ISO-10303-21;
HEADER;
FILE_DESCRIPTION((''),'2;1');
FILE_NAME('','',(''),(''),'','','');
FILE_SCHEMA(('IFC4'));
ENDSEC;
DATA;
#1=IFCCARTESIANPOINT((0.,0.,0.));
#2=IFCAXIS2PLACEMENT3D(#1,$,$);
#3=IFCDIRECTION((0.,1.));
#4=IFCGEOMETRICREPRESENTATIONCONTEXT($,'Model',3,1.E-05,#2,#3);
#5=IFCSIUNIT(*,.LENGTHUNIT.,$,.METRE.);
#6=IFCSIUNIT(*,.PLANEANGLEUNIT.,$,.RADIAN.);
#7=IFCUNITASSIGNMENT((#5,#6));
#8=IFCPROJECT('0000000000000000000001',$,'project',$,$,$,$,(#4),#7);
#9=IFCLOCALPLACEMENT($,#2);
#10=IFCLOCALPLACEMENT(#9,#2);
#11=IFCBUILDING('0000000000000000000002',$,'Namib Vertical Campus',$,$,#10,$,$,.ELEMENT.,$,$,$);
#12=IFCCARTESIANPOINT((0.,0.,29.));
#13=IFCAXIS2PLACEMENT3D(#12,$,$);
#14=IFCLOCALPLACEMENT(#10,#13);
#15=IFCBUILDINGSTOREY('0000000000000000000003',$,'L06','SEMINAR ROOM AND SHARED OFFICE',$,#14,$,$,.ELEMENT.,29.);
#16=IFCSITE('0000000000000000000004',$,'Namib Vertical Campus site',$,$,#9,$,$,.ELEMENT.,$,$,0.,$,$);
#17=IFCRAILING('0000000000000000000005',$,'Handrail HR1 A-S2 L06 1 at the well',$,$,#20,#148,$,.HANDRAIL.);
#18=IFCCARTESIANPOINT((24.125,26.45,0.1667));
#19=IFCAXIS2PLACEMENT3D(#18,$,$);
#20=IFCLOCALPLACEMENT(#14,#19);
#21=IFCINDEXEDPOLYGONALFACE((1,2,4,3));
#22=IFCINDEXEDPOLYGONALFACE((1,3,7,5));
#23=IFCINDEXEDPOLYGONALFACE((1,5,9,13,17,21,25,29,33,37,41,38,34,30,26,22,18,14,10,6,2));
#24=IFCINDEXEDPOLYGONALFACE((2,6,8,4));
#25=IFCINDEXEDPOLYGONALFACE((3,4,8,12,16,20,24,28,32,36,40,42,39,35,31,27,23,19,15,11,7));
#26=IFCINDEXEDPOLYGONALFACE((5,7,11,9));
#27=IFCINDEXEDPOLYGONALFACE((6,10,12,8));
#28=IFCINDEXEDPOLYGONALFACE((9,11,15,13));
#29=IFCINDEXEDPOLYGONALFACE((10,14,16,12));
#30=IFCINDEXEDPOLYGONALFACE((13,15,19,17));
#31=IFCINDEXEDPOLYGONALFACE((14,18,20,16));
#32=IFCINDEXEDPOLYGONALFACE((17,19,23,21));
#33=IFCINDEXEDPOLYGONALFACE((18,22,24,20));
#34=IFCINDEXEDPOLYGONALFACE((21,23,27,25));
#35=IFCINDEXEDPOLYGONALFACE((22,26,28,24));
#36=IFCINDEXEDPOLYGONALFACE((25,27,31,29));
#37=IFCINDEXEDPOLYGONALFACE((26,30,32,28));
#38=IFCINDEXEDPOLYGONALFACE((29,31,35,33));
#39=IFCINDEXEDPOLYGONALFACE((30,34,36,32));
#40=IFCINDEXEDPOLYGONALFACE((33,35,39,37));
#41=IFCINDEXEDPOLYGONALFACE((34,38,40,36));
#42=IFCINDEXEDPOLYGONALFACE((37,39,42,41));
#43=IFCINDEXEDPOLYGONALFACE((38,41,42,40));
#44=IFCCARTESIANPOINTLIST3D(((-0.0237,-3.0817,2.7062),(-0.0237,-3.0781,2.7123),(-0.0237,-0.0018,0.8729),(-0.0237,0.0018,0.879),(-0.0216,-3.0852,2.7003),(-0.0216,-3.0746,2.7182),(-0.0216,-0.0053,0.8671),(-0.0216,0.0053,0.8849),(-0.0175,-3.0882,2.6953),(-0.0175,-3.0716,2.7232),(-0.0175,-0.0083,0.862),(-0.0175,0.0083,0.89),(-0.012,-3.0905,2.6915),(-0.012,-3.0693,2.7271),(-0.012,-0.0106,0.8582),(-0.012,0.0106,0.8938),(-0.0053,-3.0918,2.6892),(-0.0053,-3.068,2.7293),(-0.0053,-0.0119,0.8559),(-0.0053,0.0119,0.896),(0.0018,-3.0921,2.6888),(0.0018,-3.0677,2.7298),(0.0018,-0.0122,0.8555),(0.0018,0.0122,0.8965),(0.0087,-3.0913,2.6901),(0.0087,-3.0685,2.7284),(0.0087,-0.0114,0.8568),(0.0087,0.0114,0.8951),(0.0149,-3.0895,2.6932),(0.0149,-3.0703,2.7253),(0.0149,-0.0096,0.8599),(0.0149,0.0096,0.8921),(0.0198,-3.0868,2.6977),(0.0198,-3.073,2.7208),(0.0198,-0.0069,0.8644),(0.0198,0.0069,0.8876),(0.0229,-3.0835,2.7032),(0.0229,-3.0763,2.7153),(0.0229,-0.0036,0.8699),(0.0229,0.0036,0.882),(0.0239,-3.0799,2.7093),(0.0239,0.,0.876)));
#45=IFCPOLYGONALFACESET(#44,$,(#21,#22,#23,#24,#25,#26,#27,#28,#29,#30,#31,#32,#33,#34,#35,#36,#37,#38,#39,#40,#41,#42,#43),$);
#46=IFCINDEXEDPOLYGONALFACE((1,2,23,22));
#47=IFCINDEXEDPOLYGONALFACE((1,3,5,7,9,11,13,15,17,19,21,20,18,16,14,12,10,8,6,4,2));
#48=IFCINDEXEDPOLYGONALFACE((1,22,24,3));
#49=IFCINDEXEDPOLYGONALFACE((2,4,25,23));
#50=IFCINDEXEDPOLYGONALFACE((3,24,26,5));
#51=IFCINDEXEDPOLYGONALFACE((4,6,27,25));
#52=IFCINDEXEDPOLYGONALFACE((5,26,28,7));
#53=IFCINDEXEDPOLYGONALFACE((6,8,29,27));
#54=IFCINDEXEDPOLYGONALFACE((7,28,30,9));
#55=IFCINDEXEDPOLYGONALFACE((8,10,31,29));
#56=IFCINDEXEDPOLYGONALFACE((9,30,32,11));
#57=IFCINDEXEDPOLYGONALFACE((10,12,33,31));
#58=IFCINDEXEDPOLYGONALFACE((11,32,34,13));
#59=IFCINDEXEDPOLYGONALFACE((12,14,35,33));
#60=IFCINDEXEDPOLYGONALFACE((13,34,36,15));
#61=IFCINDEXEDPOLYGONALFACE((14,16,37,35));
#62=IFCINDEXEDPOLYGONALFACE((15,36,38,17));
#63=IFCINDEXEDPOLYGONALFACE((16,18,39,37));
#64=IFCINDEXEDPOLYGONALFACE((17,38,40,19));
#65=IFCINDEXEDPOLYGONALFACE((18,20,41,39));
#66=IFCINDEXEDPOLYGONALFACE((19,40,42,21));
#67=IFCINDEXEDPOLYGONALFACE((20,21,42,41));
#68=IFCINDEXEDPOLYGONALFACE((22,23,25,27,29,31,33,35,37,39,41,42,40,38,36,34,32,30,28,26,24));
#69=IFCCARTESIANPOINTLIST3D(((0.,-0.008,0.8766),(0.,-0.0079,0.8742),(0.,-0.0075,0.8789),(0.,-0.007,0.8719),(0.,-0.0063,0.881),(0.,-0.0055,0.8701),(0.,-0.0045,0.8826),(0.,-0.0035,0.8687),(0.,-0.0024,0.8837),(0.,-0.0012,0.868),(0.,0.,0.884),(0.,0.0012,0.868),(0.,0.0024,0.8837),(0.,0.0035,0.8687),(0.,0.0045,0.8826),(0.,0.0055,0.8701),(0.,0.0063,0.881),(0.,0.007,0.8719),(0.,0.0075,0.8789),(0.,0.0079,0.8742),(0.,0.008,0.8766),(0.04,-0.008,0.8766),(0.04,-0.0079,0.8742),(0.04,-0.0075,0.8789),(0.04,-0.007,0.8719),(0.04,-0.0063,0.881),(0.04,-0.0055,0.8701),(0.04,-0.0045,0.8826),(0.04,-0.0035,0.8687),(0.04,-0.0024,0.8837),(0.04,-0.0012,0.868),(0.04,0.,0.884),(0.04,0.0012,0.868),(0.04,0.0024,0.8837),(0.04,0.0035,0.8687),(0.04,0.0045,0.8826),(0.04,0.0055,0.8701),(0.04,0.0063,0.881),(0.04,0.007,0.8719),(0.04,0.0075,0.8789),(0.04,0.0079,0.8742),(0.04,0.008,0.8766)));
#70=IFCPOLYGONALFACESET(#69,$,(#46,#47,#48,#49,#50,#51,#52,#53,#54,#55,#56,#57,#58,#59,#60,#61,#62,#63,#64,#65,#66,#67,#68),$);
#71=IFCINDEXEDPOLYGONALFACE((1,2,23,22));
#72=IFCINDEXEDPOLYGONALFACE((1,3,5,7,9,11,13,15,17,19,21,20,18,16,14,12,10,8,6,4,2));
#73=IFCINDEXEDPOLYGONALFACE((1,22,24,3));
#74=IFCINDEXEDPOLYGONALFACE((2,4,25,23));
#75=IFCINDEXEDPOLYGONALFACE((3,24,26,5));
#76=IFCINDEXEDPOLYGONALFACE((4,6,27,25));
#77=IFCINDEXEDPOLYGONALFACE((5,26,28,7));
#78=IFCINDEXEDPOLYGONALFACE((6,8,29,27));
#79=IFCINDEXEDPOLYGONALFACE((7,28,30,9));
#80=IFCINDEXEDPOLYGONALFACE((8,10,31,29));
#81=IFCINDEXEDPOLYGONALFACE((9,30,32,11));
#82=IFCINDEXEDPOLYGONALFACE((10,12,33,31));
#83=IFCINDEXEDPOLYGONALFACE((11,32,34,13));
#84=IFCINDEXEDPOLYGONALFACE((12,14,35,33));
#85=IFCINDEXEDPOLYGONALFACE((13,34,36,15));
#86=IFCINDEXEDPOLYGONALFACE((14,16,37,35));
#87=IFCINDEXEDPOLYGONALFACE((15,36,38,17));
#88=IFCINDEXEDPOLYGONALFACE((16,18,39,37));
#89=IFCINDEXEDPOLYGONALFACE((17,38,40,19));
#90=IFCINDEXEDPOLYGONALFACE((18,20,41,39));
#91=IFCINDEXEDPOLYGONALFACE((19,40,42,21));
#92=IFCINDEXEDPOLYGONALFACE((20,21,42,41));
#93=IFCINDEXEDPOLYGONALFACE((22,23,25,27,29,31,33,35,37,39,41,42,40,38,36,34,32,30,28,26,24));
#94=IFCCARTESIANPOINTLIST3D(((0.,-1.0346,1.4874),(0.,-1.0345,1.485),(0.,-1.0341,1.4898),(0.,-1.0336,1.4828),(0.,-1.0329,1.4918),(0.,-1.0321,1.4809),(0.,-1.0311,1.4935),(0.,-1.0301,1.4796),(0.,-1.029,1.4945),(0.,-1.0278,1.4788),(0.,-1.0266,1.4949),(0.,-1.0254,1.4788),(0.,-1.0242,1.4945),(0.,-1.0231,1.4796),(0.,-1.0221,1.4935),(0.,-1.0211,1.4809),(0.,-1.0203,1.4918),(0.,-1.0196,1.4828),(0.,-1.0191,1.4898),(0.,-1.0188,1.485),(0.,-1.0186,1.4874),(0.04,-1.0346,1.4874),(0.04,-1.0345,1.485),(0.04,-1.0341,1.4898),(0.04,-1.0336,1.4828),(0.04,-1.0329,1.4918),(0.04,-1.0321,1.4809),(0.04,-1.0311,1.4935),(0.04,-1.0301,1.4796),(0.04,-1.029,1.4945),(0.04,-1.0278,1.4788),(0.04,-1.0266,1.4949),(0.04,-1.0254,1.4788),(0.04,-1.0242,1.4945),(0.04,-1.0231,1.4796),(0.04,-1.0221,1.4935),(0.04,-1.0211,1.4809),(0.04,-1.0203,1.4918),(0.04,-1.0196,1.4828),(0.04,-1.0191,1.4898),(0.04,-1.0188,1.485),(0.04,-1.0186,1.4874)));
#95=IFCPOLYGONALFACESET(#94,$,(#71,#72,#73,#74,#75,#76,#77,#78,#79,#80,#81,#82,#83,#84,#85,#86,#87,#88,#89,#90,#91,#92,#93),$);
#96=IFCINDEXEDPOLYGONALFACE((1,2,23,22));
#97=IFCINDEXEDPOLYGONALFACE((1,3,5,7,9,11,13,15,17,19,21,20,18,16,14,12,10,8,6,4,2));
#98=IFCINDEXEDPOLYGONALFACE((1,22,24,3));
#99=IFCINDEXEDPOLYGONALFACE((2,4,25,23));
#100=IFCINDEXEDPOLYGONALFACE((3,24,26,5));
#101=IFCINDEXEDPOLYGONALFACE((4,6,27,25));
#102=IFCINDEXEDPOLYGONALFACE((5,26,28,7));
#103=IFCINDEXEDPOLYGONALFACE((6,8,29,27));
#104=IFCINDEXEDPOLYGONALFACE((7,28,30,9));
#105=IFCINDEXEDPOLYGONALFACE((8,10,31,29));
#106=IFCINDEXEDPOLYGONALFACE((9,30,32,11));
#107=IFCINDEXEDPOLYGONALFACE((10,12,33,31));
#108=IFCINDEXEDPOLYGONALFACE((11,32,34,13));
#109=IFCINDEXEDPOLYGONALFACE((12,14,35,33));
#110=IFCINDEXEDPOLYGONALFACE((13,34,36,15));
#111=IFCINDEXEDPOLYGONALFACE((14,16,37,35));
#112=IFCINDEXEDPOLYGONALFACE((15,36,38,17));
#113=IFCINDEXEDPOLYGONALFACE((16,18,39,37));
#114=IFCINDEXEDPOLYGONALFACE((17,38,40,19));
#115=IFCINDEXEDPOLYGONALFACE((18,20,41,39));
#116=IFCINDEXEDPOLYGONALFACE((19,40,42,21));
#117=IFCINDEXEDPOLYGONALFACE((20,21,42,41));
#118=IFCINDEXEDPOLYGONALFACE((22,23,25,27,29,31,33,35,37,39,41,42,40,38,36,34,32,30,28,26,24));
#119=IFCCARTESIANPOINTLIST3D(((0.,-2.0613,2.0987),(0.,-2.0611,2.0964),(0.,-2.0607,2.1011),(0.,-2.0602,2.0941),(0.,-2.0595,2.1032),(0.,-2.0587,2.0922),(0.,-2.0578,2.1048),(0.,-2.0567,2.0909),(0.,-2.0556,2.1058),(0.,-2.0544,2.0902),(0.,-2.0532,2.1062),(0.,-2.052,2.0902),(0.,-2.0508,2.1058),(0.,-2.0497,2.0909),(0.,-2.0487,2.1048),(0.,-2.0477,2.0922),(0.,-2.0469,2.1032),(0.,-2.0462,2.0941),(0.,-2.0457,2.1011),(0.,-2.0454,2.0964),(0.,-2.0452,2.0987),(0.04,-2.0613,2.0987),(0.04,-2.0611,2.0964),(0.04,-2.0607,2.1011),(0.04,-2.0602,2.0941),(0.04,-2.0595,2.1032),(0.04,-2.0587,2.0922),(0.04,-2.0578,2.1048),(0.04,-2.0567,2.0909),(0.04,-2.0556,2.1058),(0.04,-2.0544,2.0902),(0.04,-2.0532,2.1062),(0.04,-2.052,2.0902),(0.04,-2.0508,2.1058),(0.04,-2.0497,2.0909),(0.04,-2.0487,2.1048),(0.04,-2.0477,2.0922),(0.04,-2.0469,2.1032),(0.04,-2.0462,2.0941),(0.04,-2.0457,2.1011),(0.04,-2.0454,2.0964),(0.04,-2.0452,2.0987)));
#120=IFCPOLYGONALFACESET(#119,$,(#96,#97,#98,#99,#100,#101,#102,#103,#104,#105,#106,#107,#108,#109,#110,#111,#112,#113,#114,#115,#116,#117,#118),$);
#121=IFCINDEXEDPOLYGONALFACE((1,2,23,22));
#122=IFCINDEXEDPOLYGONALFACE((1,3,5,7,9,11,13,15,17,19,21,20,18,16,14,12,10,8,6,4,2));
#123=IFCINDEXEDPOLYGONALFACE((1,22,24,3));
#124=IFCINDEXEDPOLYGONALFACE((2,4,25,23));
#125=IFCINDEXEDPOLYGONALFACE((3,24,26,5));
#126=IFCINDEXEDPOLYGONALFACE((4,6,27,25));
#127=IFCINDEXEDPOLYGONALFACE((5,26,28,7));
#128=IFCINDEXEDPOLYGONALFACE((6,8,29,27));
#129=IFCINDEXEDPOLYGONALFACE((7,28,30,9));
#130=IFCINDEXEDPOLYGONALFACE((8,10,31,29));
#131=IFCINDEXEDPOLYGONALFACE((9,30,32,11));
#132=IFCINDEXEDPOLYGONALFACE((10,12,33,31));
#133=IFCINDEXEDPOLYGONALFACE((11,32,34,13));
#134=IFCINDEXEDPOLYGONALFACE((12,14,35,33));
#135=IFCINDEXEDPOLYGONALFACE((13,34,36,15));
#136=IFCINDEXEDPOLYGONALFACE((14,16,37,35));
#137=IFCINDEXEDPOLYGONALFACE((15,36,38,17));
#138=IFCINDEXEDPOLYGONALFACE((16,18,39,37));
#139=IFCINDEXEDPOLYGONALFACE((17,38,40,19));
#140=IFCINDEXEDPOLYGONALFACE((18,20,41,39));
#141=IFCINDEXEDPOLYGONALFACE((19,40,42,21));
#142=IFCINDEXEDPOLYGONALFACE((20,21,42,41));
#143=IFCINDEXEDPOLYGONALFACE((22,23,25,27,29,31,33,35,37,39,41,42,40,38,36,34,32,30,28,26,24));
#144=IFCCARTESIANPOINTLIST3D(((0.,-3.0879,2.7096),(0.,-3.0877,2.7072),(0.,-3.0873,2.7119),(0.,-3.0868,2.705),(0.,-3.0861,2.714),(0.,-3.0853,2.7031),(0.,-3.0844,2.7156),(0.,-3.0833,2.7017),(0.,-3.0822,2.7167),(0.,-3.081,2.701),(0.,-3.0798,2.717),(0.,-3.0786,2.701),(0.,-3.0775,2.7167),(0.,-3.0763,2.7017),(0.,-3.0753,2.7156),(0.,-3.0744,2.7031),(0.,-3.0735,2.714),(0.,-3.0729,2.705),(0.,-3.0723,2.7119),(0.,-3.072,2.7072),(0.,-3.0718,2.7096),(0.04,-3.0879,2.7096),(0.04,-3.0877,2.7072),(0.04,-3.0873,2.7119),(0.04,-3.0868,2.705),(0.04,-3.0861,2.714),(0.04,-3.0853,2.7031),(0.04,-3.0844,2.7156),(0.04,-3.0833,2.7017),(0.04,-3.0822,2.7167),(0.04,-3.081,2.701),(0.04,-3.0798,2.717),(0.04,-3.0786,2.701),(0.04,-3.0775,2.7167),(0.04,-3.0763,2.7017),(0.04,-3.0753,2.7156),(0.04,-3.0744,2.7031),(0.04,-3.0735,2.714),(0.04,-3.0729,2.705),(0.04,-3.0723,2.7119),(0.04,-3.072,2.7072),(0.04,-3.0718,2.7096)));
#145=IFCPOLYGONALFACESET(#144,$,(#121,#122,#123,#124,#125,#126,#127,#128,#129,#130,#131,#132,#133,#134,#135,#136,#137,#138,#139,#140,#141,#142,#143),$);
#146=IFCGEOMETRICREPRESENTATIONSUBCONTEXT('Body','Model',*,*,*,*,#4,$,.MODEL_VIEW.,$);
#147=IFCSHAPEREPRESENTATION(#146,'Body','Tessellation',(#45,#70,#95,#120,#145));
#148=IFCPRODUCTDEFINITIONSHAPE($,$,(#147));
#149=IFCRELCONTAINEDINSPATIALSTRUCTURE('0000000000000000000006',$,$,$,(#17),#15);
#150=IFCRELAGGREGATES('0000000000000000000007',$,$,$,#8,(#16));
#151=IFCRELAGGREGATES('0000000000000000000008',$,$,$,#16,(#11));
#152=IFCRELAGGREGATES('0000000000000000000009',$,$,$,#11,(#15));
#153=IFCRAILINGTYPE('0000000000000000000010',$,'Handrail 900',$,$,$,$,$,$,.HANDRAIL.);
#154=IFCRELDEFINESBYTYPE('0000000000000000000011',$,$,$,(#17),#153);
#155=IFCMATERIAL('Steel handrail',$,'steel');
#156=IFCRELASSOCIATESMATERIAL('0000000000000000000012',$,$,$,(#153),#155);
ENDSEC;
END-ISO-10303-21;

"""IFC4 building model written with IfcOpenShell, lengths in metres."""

from ifc_helpers import new_model, si_unit, direction, frame, origin, origin_2d, place, context, subcontext, project, spatial, circle, extrude, material, type_object, element, save


model = new_model("IFC4")

# Units and contexts
model_context = context("Model", 3, precision=1e-05, world=origin(), true_north=direction((0.0, 1.0)))
body_context = subcontext(model_context, "Body", "Model", "MODEL_VIEW")
ifc_project = project(units=[si_unit("LENGTHUNIT", "METRE"), si_unit("PLANEANGLEUNIT", "RADIAN")], contexts=[model_context])

# Site, building, storey
site_placement = place(None, origin())
site = spatial("IfcSite", under=ifc_project, at=site_placement, Name="Namib Vertical Campus site", CompositionType="ELEMENT", RefElevation=0.0)
building_placement = place(site_placement, origin())
building = spatial("IfcBuilding", under=site, at=building_placement, Name="Namib Vertical Campus", CompositionType="ELEMENT")
storey_placement = place(building_placement, frame((0.0, 0.0, 29.0)))
storey = spatial("IfcBuildingStorey", under=building, at=storey_placement, Name="L06", Description="SEMINAR ROOM AND SHARED OFFICE", CompositionType="ELEMENT", Elevation=29.0)

# Railing
ifc_material_1 = material(Name="Steel handrail", Category="steel")
railing_type_1 = type_object("IfcRailingType", Name="Handrail 900", PredefinedType="HANDRAIL", material=ifc_material_1)
railing_1_placement = place(storey_placement, frame((24.125, 26.45, 0.1667)))
element("IfcRailing", 1, at=railing_1_placement, inside=storey, type_object=railing_type_1, Name="Handrail HR1 A-S2 L06 1 at the well", PredefinedType="HANDRAIL", context=body_context, shape_type="SweptSolid", body=[
    extrude(circle(Radius=0.0239, at=origin_2d()), frame((0.0, 0.0, 0.876), z_axis=(0.0, -0.859291, 0.511487), x_axis=(1.0, 0.0, 0.0)), (0.0, 0.0, 1.0), 3.5842),
    extrude(circle(Radius=0.0081, at=origin_2d()), frame((0.0, 0.0, 0.876), z_axis=(1.0, 0.0, 0.0), x_axis=(0.0, 0.0, 1.0)), (0.0, 0.0, 1.0), 0.04),
    extrude(circle(Radius=0.0081, at=origin_2d()), frame((0.0, -1.0266, 1.4868), z_axis=(1.0, 0.0, 0.0), x_axis=(0.0, 0.0, 1.0)), (0.0, 0.0, 1.0), 0.04),
    extrude(circle(Radius=0.0081, at=origin_2d()), frame((0.0, -2.0532, 2.0981), z_axis=(1.0, 0.0, 0.0), x_axis=(0.0, 0.0, 1.0)), (0.0, 0.0, 1.0), 0.04),
    extrude(circle(Radius=0.0081, at=origin_2d()), frame((0.0, -3.0798, 2.709), z_axis=(1.0, 0.0, 0.0), x_axis=(0.0, 0.0, 1.0)), (0.0, 0.0, 1.0), 0.04),
])

save(model, "model.ifc")
